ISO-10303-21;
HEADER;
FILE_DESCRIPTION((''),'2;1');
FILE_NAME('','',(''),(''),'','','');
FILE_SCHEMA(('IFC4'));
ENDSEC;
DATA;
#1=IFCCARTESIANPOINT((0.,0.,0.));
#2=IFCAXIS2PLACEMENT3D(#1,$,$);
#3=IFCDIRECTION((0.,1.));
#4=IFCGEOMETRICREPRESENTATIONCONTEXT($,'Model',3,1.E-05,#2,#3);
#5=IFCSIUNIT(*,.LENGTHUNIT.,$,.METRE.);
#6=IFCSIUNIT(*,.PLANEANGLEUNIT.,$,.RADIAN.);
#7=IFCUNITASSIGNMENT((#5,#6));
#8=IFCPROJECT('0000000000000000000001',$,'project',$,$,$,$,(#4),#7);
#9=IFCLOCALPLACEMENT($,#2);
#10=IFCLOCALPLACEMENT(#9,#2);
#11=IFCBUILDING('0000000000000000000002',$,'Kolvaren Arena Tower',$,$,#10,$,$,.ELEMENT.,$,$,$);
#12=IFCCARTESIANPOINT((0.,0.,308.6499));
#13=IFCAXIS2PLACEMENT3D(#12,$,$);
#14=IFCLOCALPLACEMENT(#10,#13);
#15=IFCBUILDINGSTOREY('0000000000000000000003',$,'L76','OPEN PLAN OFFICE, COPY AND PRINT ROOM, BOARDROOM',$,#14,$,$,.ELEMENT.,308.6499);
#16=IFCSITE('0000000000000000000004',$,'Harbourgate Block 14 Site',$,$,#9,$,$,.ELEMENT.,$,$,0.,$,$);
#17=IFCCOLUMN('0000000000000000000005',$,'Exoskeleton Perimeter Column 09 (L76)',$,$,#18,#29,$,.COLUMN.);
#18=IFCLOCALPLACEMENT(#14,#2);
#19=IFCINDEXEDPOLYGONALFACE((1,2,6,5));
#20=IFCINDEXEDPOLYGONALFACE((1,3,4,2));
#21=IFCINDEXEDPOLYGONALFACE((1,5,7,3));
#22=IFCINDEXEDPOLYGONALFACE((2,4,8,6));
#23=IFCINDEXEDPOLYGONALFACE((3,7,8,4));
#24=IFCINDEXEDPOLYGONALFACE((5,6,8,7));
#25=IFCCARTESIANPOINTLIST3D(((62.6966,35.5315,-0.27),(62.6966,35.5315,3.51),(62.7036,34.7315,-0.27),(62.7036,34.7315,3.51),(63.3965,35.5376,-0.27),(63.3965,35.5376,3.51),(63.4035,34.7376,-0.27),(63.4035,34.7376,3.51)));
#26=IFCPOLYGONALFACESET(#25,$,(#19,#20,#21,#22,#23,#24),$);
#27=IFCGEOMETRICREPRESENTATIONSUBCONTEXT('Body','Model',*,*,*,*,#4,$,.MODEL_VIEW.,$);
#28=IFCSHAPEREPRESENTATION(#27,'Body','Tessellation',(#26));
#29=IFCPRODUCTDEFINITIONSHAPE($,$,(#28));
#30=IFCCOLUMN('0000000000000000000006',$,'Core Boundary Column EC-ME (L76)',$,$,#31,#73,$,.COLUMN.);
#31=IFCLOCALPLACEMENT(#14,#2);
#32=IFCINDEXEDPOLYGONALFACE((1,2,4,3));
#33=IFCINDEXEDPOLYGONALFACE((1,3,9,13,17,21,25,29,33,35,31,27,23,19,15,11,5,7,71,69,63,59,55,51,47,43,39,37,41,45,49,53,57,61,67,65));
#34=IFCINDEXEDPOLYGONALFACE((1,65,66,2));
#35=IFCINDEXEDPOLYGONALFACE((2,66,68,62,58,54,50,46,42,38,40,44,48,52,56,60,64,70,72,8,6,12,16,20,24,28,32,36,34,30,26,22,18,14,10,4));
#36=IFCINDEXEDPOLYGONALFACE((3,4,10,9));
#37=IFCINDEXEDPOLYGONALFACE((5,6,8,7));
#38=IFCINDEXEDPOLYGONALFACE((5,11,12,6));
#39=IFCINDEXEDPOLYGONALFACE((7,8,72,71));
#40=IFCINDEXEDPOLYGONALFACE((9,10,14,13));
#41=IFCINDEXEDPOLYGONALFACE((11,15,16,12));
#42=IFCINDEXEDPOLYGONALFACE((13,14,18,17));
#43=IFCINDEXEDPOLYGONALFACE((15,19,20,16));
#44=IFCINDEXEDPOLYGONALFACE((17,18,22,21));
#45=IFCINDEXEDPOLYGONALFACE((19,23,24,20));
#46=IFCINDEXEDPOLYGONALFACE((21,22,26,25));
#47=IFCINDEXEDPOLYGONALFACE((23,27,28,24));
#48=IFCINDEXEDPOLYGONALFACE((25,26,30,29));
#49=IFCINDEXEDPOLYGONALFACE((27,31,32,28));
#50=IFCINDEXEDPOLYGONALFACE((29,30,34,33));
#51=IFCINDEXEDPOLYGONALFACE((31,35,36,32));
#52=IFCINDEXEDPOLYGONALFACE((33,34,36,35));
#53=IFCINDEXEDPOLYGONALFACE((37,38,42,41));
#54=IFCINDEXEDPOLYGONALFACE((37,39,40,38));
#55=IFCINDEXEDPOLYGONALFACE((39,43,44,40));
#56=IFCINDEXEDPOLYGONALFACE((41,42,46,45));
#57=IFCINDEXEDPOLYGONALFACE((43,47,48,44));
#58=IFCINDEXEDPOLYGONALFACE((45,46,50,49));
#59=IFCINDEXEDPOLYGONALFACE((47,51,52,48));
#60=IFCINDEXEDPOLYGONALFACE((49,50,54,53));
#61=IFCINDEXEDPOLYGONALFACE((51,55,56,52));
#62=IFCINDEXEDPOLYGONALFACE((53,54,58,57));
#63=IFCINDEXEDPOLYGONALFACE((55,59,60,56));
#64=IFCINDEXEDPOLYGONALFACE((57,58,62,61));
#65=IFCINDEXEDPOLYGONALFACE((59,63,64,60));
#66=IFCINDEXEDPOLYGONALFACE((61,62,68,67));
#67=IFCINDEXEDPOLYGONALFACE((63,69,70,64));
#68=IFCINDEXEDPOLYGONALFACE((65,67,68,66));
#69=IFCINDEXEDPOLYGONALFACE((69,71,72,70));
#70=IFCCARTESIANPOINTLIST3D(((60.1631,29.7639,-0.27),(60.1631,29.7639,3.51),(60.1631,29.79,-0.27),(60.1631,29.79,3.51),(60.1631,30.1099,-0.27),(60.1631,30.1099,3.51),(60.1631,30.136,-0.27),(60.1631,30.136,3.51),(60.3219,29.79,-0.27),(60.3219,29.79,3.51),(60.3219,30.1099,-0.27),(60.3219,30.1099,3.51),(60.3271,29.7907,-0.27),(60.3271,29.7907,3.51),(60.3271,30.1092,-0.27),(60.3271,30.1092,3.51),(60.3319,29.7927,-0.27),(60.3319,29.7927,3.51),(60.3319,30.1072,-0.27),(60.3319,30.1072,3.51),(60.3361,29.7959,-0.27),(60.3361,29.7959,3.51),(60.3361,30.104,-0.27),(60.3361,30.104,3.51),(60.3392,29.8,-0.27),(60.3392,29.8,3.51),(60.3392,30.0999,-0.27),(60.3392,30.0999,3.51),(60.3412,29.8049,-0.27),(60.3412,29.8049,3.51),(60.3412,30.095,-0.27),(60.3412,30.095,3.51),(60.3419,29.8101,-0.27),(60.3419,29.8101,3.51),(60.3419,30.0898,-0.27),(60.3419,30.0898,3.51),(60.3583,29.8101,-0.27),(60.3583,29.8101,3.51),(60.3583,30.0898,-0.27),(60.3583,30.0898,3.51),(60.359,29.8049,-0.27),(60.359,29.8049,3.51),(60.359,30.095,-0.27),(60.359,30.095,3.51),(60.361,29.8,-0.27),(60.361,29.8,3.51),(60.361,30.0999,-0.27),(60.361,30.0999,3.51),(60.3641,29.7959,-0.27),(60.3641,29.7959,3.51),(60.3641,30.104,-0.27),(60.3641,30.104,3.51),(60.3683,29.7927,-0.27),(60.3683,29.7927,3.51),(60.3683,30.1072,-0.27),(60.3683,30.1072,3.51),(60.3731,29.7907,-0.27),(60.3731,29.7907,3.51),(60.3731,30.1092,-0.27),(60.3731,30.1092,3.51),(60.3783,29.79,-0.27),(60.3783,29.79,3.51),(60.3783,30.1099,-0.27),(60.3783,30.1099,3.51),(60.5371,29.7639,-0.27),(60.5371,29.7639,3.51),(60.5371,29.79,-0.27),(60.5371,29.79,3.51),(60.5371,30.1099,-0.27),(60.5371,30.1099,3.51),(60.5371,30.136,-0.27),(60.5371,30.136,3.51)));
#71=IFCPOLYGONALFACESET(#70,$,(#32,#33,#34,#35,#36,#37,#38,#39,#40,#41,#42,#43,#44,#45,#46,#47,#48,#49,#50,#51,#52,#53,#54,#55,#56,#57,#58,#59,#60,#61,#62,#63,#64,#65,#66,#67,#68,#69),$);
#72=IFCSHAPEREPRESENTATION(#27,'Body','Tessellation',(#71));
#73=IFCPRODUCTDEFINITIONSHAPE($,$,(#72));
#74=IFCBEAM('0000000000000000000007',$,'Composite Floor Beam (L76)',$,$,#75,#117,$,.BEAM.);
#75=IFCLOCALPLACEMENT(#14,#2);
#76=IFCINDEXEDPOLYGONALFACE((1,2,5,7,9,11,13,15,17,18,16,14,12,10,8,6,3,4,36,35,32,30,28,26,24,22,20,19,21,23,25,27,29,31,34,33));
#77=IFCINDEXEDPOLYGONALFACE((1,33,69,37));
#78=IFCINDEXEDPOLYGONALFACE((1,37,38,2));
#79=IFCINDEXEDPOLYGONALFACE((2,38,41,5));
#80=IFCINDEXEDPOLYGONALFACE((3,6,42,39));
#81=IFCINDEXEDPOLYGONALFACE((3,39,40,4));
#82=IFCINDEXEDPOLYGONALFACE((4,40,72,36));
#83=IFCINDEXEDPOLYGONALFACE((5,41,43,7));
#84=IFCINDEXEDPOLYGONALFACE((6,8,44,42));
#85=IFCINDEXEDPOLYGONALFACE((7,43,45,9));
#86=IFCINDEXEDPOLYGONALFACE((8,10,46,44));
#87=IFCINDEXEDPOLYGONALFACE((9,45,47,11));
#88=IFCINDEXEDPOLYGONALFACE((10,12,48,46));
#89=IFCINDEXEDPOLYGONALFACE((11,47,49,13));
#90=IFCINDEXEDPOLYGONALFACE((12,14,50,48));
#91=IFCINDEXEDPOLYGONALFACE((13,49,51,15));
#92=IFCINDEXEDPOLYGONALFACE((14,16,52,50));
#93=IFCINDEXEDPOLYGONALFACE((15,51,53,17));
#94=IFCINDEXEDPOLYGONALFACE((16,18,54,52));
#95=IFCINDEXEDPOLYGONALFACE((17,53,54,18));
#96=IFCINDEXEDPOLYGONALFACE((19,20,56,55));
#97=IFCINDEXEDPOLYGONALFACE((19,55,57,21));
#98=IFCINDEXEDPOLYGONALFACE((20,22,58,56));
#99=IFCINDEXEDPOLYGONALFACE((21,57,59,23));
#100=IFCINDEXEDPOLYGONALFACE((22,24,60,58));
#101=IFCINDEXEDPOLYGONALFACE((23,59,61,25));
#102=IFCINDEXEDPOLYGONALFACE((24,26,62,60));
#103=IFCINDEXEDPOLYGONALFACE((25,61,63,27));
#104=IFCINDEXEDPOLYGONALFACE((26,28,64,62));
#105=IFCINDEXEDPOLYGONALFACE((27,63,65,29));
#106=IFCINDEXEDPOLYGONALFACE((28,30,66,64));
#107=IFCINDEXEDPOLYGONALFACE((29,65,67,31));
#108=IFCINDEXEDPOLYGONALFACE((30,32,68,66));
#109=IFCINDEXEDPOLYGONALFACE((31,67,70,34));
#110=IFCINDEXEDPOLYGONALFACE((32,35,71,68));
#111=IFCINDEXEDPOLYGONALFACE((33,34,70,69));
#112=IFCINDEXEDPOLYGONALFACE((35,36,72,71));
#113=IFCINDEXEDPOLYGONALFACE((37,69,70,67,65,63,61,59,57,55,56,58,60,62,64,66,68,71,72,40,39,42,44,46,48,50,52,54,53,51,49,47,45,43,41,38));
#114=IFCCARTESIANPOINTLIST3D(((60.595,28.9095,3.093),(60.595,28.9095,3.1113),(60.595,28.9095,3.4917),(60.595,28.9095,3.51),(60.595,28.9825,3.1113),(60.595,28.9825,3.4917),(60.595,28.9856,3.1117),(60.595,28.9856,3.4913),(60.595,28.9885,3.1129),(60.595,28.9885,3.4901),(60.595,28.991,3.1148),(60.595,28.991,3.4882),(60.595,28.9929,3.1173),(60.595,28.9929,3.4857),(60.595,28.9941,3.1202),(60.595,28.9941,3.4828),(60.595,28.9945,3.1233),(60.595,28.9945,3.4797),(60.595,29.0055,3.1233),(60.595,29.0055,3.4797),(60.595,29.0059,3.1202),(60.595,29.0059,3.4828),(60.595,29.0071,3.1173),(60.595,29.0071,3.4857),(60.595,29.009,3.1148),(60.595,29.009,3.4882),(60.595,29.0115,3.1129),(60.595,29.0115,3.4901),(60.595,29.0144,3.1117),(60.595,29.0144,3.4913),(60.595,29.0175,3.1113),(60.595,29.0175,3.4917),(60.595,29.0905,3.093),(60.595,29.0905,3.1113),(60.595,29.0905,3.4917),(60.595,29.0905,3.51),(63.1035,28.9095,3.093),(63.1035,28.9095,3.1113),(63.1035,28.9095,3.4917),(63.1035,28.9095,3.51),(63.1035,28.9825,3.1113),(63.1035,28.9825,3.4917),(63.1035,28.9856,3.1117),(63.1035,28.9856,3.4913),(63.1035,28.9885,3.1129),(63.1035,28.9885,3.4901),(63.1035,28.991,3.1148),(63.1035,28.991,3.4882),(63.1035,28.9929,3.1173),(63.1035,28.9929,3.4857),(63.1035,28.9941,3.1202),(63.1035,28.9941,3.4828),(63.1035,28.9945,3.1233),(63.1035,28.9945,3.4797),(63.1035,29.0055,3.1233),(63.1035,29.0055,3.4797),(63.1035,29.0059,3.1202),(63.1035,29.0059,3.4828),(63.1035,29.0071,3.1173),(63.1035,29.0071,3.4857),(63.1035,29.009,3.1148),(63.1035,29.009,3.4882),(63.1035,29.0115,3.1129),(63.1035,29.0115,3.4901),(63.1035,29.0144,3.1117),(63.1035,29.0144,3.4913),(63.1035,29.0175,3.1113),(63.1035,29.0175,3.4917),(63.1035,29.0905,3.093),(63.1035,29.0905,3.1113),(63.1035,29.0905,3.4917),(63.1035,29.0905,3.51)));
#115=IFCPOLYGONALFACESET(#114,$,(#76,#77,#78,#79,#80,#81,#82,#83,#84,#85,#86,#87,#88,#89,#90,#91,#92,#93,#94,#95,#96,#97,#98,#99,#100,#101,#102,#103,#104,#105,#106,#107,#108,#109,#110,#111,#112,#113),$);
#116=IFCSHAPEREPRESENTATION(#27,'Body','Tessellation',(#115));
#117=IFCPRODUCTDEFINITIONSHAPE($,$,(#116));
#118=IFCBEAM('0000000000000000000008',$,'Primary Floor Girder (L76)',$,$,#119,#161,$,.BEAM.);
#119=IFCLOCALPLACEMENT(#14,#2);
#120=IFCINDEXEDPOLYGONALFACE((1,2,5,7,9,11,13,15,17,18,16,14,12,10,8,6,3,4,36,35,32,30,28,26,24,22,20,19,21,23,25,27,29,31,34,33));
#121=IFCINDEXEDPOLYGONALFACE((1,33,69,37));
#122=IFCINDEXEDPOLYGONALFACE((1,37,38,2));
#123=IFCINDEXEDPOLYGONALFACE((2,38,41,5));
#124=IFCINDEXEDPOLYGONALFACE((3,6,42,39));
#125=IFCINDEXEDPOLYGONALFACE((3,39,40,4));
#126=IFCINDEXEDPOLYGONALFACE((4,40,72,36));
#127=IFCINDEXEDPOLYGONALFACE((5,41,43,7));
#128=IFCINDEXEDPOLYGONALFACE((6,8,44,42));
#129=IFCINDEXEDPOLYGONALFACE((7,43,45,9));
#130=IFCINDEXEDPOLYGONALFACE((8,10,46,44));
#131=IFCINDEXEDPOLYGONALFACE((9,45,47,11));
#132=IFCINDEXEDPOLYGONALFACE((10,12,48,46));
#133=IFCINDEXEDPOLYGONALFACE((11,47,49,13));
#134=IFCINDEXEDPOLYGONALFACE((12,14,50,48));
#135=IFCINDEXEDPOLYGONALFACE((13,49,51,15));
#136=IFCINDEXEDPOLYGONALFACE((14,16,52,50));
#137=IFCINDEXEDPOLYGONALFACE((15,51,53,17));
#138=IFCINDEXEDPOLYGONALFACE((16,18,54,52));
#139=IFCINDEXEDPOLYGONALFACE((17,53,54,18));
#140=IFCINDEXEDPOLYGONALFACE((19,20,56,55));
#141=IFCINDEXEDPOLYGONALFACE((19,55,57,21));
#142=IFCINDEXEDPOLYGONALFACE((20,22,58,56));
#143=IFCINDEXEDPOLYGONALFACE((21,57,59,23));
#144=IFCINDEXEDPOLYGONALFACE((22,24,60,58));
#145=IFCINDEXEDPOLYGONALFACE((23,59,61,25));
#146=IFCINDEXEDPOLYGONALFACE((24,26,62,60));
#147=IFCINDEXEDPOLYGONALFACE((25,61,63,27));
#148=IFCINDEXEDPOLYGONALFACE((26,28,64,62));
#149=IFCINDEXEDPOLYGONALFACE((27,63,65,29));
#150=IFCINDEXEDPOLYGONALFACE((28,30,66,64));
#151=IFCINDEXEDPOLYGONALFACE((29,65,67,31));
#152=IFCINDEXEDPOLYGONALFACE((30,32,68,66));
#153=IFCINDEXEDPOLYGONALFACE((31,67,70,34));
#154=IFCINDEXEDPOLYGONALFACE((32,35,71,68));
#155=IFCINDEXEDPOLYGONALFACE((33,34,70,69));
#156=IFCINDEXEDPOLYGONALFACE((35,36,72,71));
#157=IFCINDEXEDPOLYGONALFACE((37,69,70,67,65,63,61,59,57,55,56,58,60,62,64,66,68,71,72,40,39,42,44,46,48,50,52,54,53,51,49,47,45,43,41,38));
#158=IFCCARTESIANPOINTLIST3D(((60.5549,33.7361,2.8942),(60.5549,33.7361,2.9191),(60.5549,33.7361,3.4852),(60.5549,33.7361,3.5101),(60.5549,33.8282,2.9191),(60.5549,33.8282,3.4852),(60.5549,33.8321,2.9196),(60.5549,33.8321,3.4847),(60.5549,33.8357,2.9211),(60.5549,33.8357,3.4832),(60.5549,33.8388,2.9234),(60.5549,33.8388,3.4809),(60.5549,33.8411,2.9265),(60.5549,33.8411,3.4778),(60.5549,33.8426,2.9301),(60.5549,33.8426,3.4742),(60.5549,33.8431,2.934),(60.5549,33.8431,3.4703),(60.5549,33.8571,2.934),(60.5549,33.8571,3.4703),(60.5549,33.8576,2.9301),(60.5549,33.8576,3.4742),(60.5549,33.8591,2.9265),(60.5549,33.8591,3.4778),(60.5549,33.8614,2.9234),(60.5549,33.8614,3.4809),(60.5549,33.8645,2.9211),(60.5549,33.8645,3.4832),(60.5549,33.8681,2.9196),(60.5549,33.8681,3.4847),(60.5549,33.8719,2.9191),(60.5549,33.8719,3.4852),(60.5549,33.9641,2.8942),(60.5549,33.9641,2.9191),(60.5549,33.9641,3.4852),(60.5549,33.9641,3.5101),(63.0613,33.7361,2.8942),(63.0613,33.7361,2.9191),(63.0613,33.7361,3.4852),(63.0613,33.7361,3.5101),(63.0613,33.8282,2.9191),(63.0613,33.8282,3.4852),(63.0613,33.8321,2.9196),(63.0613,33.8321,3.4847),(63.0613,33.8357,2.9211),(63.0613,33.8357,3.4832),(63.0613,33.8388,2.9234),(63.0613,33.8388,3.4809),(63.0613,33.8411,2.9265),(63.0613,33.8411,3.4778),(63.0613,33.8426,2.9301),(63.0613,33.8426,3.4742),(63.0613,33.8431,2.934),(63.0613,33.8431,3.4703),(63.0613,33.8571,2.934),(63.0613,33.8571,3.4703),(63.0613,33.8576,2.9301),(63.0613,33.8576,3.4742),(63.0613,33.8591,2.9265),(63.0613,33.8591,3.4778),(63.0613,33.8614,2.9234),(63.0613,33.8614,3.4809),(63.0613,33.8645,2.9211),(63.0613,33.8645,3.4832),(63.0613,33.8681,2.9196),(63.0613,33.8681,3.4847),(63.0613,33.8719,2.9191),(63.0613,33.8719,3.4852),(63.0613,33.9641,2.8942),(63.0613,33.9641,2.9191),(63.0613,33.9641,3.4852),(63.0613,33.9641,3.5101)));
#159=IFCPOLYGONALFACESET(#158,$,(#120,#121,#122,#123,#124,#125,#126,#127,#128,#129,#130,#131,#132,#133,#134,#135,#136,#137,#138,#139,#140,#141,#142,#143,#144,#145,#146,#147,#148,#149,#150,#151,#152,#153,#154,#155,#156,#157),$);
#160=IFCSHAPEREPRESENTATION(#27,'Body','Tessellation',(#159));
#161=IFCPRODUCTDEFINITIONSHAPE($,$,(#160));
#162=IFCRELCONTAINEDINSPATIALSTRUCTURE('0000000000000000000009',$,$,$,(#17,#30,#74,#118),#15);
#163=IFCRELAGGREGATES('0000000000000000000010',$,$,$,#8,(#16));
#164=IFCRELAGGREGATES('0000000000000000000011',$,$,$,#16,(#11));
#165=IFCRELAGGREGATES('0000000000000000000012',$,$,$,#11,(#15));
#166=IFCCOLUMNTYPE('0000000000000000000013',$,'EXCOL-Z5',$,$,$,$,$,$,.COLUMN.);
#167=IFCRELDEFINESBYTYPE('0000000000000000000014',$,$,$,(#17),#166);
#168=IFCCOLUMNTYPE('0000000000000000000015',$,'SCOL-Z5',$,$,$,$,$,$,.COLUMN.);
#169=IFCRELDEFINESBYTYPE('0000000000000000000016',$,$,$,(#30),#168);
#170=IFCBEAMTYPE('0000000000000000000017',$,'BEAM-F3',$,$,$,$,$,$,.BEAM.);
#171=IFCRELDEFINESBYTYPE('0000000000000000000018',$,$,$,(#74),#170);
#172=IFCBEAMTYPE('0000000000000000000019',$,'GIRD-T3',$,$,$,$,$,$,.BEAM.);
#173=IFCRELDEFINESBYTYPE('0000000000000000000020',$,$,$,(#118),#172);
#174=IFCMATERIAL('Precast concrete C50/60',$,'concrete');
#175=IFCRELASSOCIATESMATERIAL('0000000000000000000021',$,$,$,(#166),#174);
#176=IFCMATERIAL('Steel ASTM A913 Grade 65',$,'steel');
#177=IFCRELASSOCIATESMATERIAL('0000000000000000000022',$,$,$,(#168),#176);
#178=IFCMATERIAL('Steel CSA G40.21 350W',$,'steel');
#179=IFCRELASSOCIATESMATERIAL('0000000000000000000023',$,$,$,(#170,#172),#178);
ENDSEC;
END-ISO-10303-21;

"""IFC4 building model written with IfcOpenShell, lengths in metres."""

from ifc_helpers import new_model, si_unit, direction, frame, origin, origin_2d, place, context, subcontext, project, spatial, rectangle, i_section, extrude, material, material_profile, profile_set, type_object, element, save


model = new_model("IFC4")

# Units and contexts
model_context = context("Model", 3, precision=1e-05, world=origin(), true_north=direction((0.0, 1.0)))
body_context = subcontext(model_context, "Body", "Model", "MODEL_VIEW")
ifc_project = project(units=[si_unit("LENGTHUNIT", "METRE"), si_unit("PLANEANGLEUNIT", "RADIAN")], contexts=[model_context])

# Site, building, storey
site_placement = place(None, origin())
site = spatial("IfcSite", under=ifc_project, at=site_placement, Name="Harbourgate Block 14 Site", CompositionType="ELEMENT", RefElevation=0.0)
building_placement = place(site_placement, origin())
building = spatial("IfcBuilding", under=site, at=building_placement, Name="Kolvaren Arena Tower", CompositionType="ELEMENT")
storey_placement = place(building_placement, frame((0.0, 0.0, 308.6499)))
storey = spatial("IfcBuildingStorey", under=building, at=storey_placement, Name="L76", Description="OPEN PLAN OFFICE, COPY AND PRINT ROOM, BOARDROOM", CompositionType="ELEMENT", Elevation=308.6499)

# Columns
ifc_material_1 = material(Name="Precast concrete C50/60", Category="concrete")
ifc_material_profile_1 = material_profile(ifc_material_1, rectangle(XDim=0.8, YDim=0.7, at=origin_2d()), Name="RC-800x700")
ifc_profile_set_1 = profile_set([ifc_material_profile_1], Name="Precast concrete C50/60")
column_type_1 = type_object("IfcColumnType", Name="EXCOL-Z5", PredefinedType="COLUMN", material=ifc_profile_set_1)
column_1_placement = place(storey_placement, frame((63.05, 35.1345, -0.27), z_axis=(0.0, 0.0, 1.0), x_axis=(-0.008727, 0.999962, 0.0)))
element("IfcColumn", 1, at=column_1_placement, inside=storey, type_object=column_type_1, Name="Exoskeleton Perimeter Column 09 (L76)", PredefinedType="COLUMN", context=body_context, shape_type="SweptSolid", body=[
    extrude(rectangle(XDim=0.8, YDim=0.7, at=origin_2d()), origin(), (0.0, 0.0, 1.0), 3.78),
])
ifc_material_2 = material(Name="Steel ASTM A913 Grade 65", Category="steel")
ifc_material_profile_2 = material_profile(ifc_material_2, i_section(OverallWidth=0.374, OverallDepth=0.3721, WebThickness=0.0164, FlangeThickness=0.0261, FilletRadius=0.02, at=origin_2d()), Name="W360x196")
ifc_profile_set_2 = profile_set([ifc_material_profile_2], Name="Steel ASTM A913 Grade 65")
column_type_2 = type_object("IfcColumnType", Name="SCOL-Z5", PredefinedType="COLUMN", material=ifc_profile_set_2)
column_2_placement = place(storey_placement, frame((60.3501, 29.95, -0.27), z_axis=(0.0, 0.0, 1.0), x_axis=(1.0, 0.0, 0.0)))
element("IfcColumn", 2, at=column_2_placement, inside=storey, type_object=column_type_2, Name="Core Boundary Column EC-ME (L76)", PredefinedType="COLUMN", context=body_context, shape_type="SweptSolid", body=[
    extrude(i_section(OverallWidth=0.374, OverallDepth=0.3721, WebThickness=0.0164, FlangeThickness=0.0261, FilletRadius=0.02, at=origin_2d()), origin(), (0.0, 0.0, 1.0), 3.78),
])

# Beams
ifc_material_3 = material(Name="Steel CSA G40.21 350W", Category="steel")
ifc_material_profile_3 = material_profile(ifc_material_3, i_section(OverallWidth=0.1809, OverallDepth=0.417, WebThickness=0.011, FlangeThickness=0.0183, FilletRadius=0.012, at=origin_2d()), Name="W410x85")
ifc_profile_set_3 = profile_set([ifc_material_profile_3], Name="Steel CSA G40.21 350W")
beam_type_1 = type_object("IfcBeamType", Name="BEAM-F3", PredefinedType="BEAM", material=ifc_profile_set_3)
beam_1_placement = place(storey_placement, frame((60.595, 29.0, 3.3015), z_axis=(1.0, 0.0, 0.0), x_axis=(0.0, 1.0, 0.0)))
element("IfcBeam", 3, at=beam_1_placement, inside=storey, type_object=beam_type_1, Name="Composite Floor Beam (L76)", PredefinedType="BEAM", context=body_context, shape_type="SweptSolid", body=[
    extrude(i_section(OverallWidth=0.1809, OverallDepth=0.417, WebThickness=0.011, FlangeThickness=0.0183, FilletRadius=0.012, at=origin_2d()), origin(), (0.0, 0.0, 1.0), 2.5085),
])
ifc_material_profile_4 = material_profile(ifc_material_3, i_section(OverallWidth=0.228, OverallDepth=0.616, WebThickness=0.0139, FlangeThickness=0.0249, FilletRadius=0.0149, at=origin_2d()), Name="W610x174")
ifc_profile_set_4 = profile_set([ifc_material_profile_4], Name="Steel CSA G40.21 350W")
beam_type_2 = type_object("IfcBeamType", Name="GIRD-T3", PredefinedType="BEAM", material=ifc_profile_set_4)
beam_2_placement = place(storey_placement, frame((60.5549, 33.8501, 3.2021), z_axis=(1.0, 0.0, 0.0), x_axis=(0.0, 1.0, 0.0)))
element("IfcBeam", 4, at=beam_2_placement, inside=storey, type_object=beam_type_2, Name="Primary Floor Girder (L76)", PredefinedType="BEAM", context=body_context, shape_type="SweptSolid", body=[
    extrude(i_section(OverallWidth=0.228, OverallDepth=0.616, WebThickness=0.0139, FlangeThickness=0.0249, FilletRadius=0.0149, at=origin_2d()), origin(), (0.0, 0.0, 1.0), 2.5063),
])

save(model, "model.ifc")
